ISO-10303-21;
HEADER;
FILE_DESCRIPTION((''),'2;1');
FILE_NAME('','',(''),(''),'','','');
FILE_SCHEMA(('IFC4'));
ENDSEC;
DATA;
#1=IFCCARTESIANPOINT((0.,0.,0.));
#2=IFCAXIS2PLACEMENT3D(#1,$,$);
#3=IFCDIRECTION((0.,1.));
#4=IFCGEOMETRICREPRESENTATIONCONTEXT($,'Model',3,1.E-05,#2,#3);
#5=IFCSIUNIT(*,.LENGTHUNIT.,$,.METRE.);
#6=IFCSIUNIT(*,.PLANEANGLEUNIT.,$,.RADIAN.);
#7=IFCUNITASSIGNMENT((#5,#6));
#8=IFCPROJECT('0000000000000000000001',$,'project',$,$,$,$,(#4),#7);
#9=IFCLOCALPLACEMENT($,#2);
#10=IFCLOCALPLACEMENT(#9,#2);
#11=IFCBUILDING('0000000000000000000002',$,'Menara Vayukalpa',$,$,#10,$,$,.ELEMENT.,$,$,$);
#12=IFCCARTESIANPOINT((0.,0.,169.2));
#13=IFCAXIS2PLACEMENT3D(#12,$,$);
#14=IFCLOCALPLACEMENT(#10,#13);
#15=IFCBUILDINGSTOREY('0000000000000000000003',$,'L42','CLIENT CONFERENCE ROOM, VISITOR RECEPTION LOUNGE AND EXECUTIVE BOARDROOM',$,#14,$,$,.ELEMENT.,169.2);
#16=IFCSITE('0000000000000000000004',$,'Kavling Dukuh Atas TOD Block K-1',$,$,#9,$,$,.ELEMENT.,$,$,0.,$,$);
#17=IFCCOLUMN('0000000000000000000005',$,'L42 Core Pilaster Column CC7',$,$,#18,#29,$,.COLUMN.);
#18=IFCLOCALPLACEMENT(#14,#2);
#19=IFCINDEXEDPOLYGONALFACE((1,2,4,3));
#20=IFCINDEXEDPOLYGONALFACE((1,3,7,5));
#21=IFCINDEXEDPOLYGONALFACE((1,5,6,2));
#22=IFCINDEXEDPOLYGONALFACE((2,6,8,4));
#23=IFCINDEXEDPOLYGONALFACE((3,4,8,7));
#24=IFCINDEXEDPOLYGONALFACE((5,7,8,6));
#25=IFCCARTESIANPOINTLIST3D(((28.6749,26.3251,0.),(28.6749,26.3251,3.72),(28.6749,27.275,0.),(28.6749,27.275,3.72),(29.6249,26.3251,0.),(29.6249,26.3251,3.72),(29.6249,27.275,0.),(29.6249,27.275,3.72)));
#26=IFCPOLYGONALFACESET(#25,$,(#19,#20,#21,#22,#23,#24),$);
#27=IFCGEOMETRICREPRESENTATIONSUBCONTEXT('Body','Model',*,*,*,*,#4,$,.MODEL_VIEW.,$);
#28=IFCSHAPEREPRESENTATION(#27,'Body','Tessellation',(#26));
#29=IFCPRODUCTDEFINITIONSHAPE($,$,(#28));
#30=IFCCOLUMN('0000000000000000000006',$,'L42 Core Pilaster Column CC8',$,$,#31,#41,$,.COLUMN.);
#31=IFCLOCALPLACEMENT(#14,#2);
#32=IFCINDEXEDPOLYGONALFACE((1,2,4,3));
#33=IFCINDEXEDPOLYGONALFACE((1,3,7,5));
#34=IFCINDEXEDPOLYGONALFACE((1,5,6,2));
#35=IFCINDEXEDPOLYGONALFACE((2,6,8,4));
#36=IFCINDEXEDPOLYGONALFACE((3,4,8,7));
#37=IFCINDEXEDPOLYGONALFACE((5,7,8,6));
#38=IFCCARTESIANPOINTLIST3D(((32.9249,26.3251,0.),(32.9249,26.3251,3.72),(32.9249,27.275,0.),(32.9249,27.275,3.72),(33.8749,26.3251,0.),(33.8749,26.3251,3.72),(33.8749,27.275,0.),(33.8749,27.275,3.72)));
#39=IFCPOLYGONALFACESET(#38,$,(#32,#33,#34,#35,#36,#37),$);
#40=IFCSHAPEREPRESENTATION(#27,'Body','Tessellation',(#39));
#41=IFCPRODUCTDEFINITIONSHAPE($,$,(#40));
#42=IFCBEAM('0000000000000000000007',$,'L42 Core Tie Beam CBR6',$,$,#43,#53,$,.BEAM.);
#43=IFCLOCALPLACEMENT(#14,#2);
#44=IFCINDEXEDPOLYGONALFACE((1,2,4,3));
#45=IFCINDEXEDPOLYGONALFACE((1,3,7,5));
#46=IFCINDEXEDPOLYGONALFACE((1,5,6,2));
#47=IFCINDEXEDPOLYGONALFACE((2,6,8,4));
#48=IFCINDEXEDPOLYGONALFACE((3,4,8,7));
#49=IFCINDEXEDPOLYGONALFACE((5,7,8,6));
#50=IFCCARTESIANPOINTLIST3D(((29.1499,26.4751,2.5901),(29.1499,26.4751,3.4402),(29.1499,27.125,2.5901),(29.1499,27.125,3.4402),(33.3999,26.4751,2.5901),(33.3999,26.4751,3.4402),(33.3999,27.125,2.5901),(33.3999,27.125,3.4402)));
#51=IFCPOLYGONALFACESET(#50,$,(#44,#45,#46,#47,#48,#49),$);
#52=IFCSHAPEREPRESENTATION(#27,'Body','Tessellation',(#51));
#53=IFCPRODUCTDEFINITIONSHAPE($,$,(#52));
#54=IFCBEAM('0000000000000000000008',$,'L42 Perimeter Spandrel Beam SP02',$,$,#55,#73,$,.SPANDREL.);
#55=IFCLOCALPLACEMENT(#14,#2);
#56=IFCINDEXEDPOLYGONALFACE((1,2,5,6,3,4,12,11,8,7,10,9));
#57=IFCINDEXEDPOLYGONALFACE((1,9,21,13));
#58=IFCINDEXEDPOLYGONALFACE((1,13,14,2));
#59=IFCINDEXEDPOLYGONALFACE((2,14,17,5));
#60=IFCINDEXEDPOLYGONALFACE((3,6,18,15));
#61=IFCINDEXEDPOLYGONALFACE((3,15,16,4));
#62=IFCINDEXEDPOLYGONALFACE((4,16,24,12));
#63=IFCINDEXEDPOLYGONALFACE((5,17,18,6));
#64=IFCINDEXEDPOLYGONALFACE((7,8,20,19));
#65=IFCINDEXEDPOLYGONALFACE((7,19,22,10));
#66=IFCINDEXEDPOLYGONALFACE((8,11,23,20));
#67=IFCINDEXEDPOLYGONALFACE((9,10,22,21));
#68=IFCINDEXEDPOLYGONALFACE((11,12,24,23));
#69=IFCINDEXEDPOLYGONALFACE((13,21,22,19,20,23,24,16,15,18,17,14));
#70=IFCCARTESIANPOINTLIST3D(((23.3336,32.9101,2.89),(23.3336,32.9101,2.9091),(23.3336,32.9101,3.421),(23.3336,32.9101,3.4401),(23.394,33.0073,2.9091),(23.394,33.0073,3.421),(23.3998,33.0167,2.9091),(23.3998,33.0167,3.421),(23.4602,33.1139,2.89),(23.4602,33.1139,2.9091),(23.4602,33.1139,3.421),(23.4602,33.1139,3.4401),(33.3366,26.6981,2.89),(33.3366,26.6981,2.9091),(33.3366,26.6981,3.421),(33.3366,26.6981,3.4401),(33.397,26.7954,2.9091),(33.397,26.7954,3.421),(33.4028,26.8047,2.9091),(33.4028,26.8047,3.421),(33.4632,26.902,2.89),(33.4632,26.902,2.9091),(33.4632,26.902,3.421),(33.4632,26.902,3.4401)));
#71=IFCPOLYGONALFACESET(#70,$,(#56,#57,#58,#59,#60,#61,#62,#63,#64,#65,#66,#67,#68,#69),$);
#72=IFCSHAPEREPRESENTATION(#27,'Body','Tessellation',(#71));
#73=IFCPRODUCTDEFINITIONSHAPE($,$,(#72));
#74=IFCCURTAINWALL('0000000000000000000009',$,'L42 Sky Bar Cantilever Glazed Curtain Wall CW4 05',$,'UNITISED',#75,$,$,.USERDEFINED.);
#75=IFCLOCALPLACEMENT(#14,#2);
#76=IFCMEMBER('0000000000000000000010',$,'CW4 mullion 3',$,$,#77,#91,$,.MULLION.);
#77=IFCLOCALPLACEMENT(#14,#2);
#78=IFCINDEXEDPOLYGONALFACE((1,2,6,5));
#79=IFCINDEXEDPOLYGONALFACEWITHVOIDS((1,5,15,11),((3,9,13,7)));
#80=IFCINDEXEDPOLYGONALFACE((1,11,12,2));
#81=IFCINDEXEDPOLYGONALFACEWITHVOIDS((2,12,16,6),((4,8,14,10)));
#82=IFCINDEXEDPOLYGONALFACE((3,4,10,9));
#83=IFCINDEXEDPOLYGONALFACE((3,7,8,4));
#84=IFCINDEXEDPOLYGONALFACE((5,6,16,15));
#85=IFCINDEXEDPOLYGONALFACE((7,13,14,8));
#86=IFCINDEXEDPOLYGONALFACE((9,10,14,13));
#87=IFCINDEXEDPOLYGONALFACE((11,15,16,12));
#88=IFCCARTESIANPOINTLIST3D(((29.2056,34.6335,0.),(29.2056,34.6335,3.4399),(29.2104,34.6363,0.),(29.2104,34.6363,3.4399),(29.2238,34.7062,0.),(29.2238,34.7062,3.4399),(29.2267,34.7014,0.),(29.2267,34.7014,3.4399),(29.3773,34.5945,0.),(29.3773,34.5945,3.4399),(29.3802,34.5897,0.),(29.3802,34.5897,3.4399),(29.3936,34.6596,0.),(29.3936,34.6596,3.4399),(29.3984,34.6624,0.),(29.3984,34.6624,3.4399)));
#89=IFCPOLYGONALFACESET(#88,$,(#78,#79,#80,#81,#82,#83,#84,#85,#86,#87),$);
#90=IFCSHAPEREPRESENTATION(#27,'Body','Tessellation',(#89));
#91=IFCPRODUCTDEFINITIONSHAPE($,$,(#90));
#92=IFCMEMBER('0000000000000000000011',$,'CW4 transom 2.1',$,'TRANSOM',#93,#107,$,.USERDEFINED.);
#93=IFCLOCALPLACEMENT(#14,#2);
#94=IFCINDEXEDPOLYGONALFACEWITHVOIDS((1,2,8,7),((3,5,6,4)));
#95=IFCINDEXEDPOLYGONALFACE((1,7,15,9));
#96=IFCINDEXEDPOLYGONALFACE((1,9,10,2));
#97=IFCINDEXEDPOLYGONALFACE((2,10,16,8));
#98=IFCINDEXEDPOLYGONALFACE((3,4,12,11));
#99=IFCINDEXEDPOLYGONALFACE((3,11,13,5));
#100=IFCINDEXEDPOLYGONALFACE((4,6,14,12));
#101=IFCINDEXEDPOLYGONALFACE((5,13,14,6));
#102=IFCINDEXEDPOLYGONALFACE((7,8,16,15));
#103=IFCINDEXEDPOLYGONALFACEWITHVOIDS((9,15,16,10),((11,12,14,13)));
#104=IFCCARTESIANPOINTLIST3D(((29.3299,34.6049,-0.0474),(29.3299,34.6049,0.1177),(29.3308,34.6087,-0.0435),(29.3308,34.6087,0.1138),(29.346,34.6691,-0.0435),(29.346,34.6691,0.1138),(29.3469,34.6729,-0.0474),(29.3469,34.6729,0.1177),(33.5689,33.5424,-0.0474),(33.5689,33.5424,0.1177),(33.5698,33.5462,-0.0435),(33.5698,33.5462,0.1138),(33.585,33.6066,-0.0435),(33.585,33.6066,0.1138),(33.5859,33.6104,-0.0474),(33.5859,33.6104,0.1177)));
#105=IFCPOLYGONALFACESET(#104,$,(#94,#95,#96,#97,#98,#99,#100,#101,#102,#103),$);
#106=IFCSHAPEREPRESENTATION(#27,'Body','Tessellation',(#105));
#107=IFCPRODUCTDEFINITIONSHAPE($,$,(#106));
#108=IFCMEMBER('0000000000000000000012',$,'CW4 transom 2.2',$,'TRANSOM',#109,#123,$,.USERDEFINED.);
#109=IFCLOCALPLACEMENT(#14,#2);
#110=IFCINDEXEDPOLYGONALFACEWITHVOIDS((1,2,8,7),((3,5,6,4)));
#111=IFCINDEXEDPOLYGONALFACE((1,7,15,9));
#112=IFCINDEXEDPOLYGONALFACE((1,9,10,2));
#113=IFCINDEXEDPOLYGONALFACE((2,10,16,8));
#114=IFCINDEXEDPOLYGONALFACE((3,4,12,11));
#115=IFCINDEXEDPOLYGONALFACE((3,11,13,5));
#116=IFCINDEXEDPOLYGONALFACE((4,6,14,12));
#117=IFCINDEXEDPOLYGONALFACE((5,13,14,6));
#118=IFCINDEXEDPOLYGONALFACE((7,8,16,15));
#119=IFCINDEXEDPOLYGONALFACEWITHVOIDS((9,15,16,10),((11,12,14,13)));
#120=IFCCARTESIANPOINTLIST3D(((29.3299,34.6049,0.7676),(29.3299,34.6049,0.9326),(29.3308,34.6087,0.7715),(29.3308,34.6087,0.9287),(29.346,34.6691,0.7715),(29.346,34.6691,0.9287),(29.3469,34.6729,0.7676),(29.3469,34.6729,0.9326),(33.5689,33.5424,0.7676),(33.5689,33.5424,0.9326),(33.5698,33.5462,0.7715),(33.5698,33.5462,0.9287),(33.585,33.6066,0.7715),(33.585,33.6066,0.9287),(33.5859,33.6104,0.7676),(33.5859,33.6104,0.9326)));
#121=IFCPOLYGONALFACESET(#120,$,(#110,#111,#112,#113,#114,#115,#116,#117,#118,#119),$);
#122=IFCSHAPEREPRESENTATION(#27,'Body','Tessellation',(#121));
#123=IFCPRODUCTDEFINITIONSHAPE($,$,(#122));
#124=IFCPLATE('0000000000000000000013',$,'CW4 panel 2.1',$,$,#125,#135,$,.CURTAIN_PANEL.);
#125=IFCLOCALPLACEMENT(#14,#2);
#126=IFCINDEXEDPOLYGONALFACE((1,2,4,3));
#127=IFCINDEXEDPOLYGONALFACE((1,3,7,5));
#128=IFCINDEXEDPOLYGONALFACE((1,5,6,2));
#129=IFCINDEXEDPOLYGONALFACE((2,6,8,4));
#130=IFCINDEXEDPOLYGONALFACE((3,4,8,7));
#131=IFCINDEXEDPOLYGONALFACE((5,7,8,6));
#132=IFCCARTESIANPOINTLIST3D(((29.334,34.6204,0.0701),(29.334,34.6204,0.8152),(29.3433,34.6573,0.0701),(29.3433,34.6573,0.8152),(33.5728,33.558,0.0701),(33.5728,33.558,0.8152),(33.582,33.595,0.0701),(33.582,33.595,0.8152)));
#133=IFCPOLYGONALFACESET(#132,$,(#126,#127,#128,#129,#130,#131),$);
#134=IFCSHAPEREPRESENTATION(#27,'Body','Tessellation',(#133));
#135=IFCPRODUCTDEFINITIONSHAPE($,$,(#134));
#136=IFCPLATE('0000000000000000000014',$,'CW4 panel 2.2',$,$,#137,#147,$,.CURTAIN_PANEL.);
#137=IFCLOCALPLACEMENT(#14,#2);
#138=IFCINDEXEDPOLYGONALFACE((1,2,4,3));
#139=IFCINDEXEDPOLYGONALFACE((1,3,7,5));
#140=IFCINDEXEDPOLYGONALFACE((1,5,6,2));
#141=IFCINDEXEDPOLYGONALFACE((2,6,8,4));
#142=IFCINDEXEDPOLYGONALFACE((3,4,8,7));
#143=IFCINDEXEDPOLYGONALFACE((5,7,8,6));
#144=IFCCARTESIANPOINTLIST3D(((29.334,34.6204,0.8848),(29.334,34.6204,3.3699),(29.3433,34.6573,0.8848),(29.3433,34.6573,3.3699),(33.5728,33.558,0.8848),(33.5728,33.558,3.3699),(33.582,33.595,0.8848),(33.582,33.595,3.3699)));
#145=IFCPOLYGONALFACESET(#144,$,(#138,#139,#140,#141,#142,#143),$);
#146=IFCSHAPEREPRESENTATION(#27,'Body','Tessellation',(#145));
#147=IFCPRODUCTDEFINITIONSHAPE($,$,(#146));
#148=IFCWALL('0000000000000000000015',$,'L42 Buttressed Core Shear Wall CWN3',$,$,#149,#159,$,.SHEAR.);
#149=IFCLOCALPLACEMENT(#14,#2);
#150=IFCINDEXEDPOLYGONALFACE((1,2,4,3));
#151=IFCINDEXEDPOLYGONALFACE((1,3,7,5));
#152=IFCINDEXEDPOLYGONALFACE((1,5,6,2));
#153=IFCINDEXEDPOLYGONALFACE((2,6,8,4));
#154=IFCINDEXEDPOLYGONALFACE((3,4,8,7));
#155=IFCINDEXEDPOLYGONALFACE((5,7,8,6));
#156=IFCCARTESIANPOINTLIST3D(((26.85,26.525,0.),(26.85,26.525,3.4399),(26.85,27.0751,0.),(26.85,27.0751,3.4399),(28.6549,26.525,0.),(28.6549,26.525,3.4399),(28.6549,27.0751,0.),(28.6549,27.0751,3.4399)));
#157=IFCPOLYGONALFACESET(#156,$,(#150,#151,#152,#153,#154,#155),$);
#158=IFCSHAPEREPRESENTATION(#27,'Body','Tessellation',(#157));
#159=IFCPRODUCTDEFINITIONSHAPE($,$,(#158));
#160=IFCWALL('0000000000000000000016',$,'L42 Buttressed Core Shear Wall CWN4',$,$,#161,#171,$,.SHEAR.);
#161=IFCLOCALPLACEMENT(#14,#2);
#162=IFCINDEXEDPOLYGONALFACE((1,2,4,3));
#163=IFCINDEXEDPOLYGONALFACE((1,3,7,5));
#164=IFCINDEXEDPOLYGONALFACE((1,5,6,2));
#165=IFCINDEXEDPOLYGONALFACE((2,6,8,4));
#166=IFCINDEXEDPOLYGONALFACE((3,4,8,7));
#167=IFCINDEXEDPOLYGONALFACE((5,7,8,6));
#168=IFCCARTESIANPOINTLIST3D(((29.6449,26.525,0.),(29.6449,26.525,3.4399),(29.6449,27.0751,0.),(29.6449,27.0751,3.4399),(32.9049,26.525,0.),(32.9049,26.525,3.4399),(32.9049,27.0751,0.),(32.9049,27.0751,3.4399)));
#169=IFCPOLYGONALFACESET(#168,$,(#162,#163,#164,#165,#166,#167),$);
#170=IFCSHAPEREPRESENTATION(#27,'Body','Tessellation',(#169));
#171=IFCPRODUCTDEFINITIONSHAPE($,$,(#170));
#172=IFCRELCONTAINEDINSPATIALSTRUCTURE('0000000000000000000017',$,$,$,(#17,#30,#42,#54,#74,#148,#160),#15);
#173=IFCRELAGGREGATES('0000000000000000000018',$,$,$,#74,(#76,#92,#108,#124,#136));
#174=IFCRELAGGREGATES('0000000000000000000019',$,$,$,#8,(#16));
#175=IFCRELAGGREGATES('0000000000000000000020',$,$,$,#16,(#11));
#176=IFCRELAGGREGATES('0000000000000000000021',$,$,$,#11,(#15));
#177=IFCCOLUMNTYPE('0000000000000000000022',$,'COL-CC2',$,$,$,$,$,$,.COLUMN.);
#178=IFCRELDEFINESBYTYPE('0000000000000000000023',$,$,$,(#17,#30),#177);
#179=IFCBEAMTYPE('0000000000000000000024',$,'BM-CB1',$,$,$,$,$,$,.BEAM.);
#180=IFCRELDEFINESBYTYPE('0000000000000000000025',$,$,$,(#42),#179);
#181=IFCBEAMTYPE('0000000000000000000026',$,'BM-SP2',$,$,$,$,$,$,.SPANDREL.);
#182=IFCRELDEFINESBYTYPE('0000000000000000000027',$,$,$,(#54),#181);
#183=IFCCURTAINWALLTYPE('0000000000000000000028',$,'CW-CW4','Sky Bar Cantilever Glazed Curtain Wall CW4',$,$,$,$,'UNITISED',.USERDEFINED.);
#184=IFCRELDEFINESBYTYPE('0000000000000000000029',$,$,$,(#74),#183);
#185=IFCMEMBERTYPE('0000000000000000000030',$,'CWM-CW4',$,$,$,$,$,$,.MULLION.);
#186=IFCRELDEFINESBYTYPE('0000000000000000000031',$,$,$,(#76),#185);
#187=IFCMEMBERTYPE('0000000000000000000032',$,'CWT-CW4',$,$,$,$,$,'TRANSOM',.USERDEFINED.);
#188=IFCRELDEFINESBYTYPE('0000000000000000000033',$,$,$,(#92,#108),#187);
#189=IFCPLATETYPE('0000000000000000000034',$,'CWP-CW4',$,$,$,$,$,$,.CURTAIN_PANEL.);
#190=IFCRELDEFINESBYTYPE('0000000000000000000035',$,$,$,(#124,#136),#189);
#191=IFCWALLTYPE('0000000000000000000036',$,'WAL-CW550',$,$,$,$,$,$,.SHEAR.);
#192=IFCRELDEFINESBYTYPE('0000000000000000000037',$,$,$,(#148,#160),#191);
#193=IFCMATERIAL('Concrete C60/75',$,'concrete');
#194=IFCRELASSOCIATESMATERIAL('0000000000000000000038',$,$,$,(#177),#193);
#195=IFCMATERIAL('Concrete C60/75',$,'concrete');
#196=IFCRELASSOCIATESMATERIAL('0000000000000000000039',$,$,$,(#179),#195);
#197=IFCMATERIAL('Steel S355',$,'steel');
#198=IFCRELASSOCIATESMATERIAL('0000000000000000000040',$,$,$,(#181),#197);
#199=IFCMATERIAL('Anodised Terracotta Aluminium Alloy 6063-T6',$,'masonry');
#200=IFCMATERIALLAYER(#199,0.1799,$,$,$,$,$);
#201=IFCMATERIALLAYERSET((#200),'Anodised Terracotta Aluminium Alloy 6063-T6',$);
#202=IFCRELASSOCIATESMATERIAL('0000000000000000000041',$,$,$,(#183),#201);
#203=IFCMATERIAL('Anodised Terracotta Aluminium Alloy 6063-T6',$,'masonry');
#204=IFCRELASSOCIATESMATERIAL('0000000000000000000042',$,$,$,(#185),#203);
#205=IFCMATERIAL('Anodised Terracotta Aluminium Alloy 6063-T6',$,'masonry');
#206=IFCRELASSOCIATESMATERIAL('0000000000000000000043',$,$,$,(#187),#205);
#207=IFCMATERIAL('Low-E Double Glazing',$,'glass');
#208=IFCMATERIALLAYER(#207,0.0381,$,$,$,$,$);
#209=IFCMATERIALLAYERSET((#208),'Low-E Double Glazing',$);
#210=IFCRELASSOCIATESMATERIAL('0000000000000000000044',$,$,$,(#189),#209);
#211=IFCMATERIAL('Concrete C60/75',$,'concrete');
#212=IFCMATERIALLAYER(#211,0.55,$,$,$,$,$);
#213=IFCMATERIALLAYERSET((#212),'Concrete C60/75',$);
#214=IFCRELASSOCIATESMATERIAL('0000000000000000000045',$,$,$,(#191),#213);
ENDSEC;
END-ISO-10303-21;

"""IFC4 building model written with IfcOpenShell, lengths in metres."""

from ifc_helpers import new_model, si_unit, direction, frame, frame_2d, origin, origin_2d, place, context, subcontext, project, spatial, rectangle, hollow_rectangle, i_section, extrude, material, layer, layer_set, material_profile, profile_set, type_object, element, aggregate, save


model = new_model("IFC4")

# Units and contexts
model_context = context("Model", 3, precision=1e-05, world=origin(), true_north=direction((0.0, 1.0)))
body_context = subcontext(model_context, "Body", "Model", "MODEL_VIEW")
ifc_project = project(units=[si_unit("LENGTHUNIT", "METRE"), si_unit("PLANEANGLEUNIT", "RADIAN")], contexts=[model_context])

# Site, building, storey
site_placement = place(None, origin())
site = spatial("IfcSite", under=ifc_project, at=site_placement, Name="Kavling Dukuh Atas TOD Block K-1", CompositionType="ELEMENT", RefElevation=0.0)
building_placement = place(site_placement, origin())
building = spatial("IfcBuilding", under=site, at=building_placement, Name="Menara Vayukalpa", CompositionType="ELEMENT")
storey_placement = place(building_placement, frame((0.0, 0.0, 169.2)))
storey = spatial("IfcBuildingStorey", under=building, at=storey_placement, Name="L42", Description="CLIENT CONFERENCE ROOM, VISITOR RECEPTION LOUNGE AND EXECUTIVE BOARDROOM", CompositionType="ELEMENT", Elevation=169.2)

# Columns
ifc_material_1 = material(Name="Concrete C60/75", Category="concrete")
ifc_material_profile_1 = material_profile(ifc_material_1, rectangle(XDim=0.95, YDim=0.95, at=origin_2d()), Name="RC 950x950")
ifc_profile_set_1 = profile_set([ifc_material_profile_1], Name="Concrete C60/75")
column_type = type_object("IfcColumnType", Name="COL-CC2", PredefinedType="COLUMN", material=ifc_profile_set_1)
for number, where, z_axis, x_axis, name in (
    (1, (29.1499, 26.8, 0.0), (0.0, 0.0, 1.0), (1.0, 0.0, 0.0), "L42 Core Pilaster Column CC7"),
    (2, (33.3999, 26.8, 0.0), (0.0, 0.0, 1.0), (1.0, 0.0, 0.0), "L42 Core Pilaster Column CC8"),
):
    element("IfcColumn", number, at=place(storey_placement, frame(where, z_axis=z_axis, x_axis=x_axis)), inside=storey, type_object=column_type, Name=name, PredefinedType="COLUMN", context=body_context, shape_type="SweptSolid", body=[
        extrude(rectangle(XDim=0.95, YDim=0.95, at=origin_2d()), origin(), (0.0, 0.0, 1.0), 3.72),
    ])

# Beams
ifc_material_2 = material(Name="Concrete C60/75", Category="concrete")
ifc_material_profile_2 = material_profile(ifc_material_2, rectangle(XDim=0.6499, YDim=0.8501, at=origin_2d()), Name="RC 650x850")
ifc_profile_set_2 = profile_set([ifc_material_profile_2], Name="Concrete C60/75")
beam_type_1 = type_object("IfcBeamType", Name="BM-CB1", PredefinedType="BEAM", material=ifc_profile_set_2)
beam_1_placement = place(storey_placement, frame((29.1499, 26.8, 3.0151), z_axis=(1.0, 0.0, 0.0), x_axis=(0.0, 1.0, 0.0)))
element("IfcBeam", 3, at=beam_1_placement, inside=storey, type_object=beam_type_1, Name="L42 Core Tie Beam CBR6", PredefinedType="BEAM", context=body_context, shape_type="SweptSolid", body=[
    extrude(rectangle(XDim=0.6499, YDim=0.8501, at=origin_2d()), origin(), (0.0, 0.0, 1.0), 4.25),
])
ifc_material_3 = material(Name="Steel S355", Category="steel")
ifc_material_profile_3 = material_profile(ifc_material_3, i_section(OverallWidth=0.24, OverallDepth=0.55, WebThickness=0.011, FlangeThickness=0.019, at=origin_2d()), Name="WF 550x240x11x19")
ifc_profile_set_3 = profile_set([ifc_material_profile_3], Name="Steel S355")
beam_type_2 = type_object("IfcBeamType", Name="BM-SP2", PredefinedType="SPANDREL", material=ifc_profile_set_3)
beam_2_placement = place(storey_placement, frame((33.3999, 26.8, 3.165), z_axis=(-0.849518, 0.527559, 0.0), x_axis=(-0.527559, -0.849518, 0.0)))
element("IfcBeam", 4, at=beam_2_placement, inside=storey, type_object=beam_type_2, Name="L42 Perimeter Spandrel Beam SP02", PredefinedType="SPANDREL", context=body_context, shape_type="SweptSolid", body=[
    extrude(i_section(OverallWidth=0.24, OverallDepth=0.55, WebThickness=0.011, FlangeThickness=0.019, at=origin_2d()), origin(), (0.0, 0.0, 1.0), 11.7749),
])

# Curtain wall, members, plates
ifc_material_4 = material(Name="Anodised Terracotta Aluminium Alloy 6063-T6", Category="masonry")
ifc_layer_1 = layer(ifc_material_4, 0.1799)
ifc_layer_set_1 = layer_set([ifc_layer_1], Name="Anodised Terracotta Aluminium Alloy 6063-T6")
curtain_wall_type = type_object("IfcCurtainWallType", Name="CW-CW4", Description="Sky Bar Cantilever Glazed Curtain Wall CW4", ElementType="UNITISED", PredefinedType="USERDEFINED", material=ifc_layer_set_1)
curtain_wall_placement = place(storey_placement, origin())
curtain_wall = element("IfcCurtainWall", 5, at=curtain_wall_placement, inside=storey, type_object=curtain_wall_type, Name="L42 Sky Bar Cantilever Glazed Curtain Wall CW4 05", ObjectType="UNITISED", PredefinedType="USERDEFINED")
ifc_material_5 = material(Name="Anodised Terracotta Aluminium Alloy 6063-T6", Category="masonry")
ifc_material_profile_4 = material_profile(ifc_material_5, hollow_rectangle(XDim=0.075, YDim=0.1799, WallThickness=0.0039, at=origin_2d()), Name="ALU 75x180x4")
ifc_profile_set_4 = profile_set([ifc_material_profile_4], Name="Anodised Terracotta Aluminium Alloy 6063-T6")
member_type_1 = type_object("IfcMemberType", Name="CWM-CW4", PredefinedType="MULLION", material=ifc_profile_set_4)
member_1_placement = place(storey_placement, frame((29.302, 34.6479, 0.0), z_axis=(0.0, 0.0, 1.0), x_axis=(-0.243113, -0.969998, 0.0)))
member_1 = element("IfcMember", 6, at=member_1_placement, type_object=member_type_1, Name="CW4 mullion 3", PredefinedType="MULLION", context=body_context, shape_type="SweptSolid", body=[
    extrude(hollow_rectangle(XDim=0.075, YDim=0.1799, WallThickness=0.0039, at=origin_2d()), origin(), (0.0, 0.0, 1.0), 3.4399),
])
ifc_material_6 = material(Name="Anodised Terracotta Aluminium Alloy 6063-T6", Category="masonry")
ifc_material_profile_5 = material_profile(ifc_material_6, hollow_rectangle(XDim=0.0701, YDim=0.165, WallThickness=0.0039, at=origin_2d()), Name="ALU 70x165x4")
ifc_profile_set_5 = profile_set([ifc_material_profile_5], Name="Anodised Terracotta Aluminium Alloy 6063-T6")
member_type_2 = type_object("IfcMemberType", Name="CWT-CW4", ElementType="TRANSOM", PredefinedType="USERDEFINED", material=ifc_profile_set_5)
member_2_placement = place(storey_placement, frame((33.5774, 33.5764, 0.0352), z_axis=(-0.969994, 0.243127, 0.0), x_axis=(-0.243127, -0.969994, 0.0)))
member_2 = element("IfcMember", 7, at=member_2_placement, type_object=member_type_2, Name="CW4 transom 2.1", ObjectType="TRANSOM", PredefinedType="USERDEFINED", context=body_context, shape_type="SweptSolid", body=[
    extrude(hollow_rectangle(XDim=0.0701, YDim=0.165, WallThickness=0.0039, at=origin_2d()), origin(), (0.0, 0.0, 1.0), 4.3701),
])
member_3_placement = place(storey_placement, frame((33.5774, 33.5764, 0.8501), z_axis=(-0.969994, 0.243127, 0.0), x_axis=(-0.243127, -0.969994, 0.0)))
member_3 = element("IfcMember", 8, at=member_3_placement, type_object=member_type_2, Name="CW4 transom 2.2", ObjectType="TRANSOM", PredefinedType="USERDEFINED", context=body_context, shape_type="SweptSolid", body=[
    extrude(hollow_rectangle(XDim=0.0701, YDim=0.165, WallThickness=0.0039, at=origin_2d()), origin(), (0.0, 0.0, 1.0), 4.3701),
])
ifc_material_7 = material(Name="Low-E Double Glazing", Category="glass")
ifc_layer_2 = layer(ifc_material_7, 0.0381)
ifc_layer_set_2 = layer_set([ifc_layer_2], Name="Low-E Double Glazing")
plate_type = type_object("IfcPlateType", Name="CWP-CW4", PredefinedType="CURTAIN_PANEL", material=ifc_layer_set_2)
plate_1_placement = place(storey_placement, frame((31.458, 34.1077, 0.0701), z_axis=(0.0, 0.0, 1.0), x_axis=(-0.969998, 0.243113, 0.0)))
plate_1 = element("IfcPlate", 9, at=plate_1_placement, type_object=plate_type, Name="CW4 panel 2.1", PredefinedType="CURTAIN_PANEL", context=body_context, shape_type="SweptSolid", body=[
    extrude(rectangle(XDim=4.3699, YDim=0.0381, at=origin_2d()), origin(), (0.0, 0.0, 1.0), 0.7451),
])
plate_2_placement = place(storey_placement, frame((31.458, 34.1077, 0.8848), z_axis=(0.0, 0.0, 1.0), x_axis=(-0.969998, 0.243113, 0.0)))
plate_2 = element("IfcPlate", 10, at=plate_2_placement, type_object=plate_type, Name="CW4 panel 2.2", PredefinedType="CURTAIN_PANEL", context=body_context, shape_type="SweptSolid", body=[
    extrude(rectangle(XDim=4.3699, YDim=0.0381, at=origin_2d()), origin(), (0.0, 0.0, 1.0), 2.4851),
])
aggregate(curtain_wall, [member_1, member_2, member_3, plate_1, plate_2])

# Walls
ifc_material_8 = material(Name="Concrete C60/75", Category="concrete")
ifc_layer_3 = layer(ifc_material_8, 0.55)
ifc_layer_set_3 = layer_set([ifc_layer_3], Name="Concrete C60/75")
wall_type_1 = type_object("IfcWallType", Name="WAL-CW550", PredefinedType="SHEAR", material=ifc_layer_set_3)
wall_1_placement = place(storey_placement, frame((26.8501, 26.8, 0.0), z_axis=(0.0, 0.0, 1.0), x_axis=(1.0, 0.0, 0.0)))
element("IfcWall", 11, at=wall_1_placement, inside=storey, type_object=wall_type_1, Name="L42 Buttressed Core Shear Wall CWN3", PredefinedType="SHEAR", context=body_context, shape_type="SweptSolid", body=[
    extrude(rectangle(XDim=1.8049, YDim=0.55, at=frame_2d((0.9023, 0.0))), origin(), (0.0, 0.0, 1.0), 3.4399),
])
wall_2_placement = place(storey_placement, frame((29.645, 26.8, 0.0), z_axis=(0.0, 0.0, 1.0), x_axis=(1.0, 0.0, 0.0)))
element("IfcWall", 12, at=wall_2_placement, inside=storey, type_object=wall_type_1, Name="L42 Buttressed Core Shear Wall CWN4", PredefinedType="SHEAR", context=body_context, shape_type="SweptSolid", body=[
    extrude(rectangle(XDim=3.26, YDim=0.55, at=frame_2d((1.6299, 0.0))), origin(), (0.0, 0.0, 1.0), 3.4399),
])

save(model, "model.ifc")
